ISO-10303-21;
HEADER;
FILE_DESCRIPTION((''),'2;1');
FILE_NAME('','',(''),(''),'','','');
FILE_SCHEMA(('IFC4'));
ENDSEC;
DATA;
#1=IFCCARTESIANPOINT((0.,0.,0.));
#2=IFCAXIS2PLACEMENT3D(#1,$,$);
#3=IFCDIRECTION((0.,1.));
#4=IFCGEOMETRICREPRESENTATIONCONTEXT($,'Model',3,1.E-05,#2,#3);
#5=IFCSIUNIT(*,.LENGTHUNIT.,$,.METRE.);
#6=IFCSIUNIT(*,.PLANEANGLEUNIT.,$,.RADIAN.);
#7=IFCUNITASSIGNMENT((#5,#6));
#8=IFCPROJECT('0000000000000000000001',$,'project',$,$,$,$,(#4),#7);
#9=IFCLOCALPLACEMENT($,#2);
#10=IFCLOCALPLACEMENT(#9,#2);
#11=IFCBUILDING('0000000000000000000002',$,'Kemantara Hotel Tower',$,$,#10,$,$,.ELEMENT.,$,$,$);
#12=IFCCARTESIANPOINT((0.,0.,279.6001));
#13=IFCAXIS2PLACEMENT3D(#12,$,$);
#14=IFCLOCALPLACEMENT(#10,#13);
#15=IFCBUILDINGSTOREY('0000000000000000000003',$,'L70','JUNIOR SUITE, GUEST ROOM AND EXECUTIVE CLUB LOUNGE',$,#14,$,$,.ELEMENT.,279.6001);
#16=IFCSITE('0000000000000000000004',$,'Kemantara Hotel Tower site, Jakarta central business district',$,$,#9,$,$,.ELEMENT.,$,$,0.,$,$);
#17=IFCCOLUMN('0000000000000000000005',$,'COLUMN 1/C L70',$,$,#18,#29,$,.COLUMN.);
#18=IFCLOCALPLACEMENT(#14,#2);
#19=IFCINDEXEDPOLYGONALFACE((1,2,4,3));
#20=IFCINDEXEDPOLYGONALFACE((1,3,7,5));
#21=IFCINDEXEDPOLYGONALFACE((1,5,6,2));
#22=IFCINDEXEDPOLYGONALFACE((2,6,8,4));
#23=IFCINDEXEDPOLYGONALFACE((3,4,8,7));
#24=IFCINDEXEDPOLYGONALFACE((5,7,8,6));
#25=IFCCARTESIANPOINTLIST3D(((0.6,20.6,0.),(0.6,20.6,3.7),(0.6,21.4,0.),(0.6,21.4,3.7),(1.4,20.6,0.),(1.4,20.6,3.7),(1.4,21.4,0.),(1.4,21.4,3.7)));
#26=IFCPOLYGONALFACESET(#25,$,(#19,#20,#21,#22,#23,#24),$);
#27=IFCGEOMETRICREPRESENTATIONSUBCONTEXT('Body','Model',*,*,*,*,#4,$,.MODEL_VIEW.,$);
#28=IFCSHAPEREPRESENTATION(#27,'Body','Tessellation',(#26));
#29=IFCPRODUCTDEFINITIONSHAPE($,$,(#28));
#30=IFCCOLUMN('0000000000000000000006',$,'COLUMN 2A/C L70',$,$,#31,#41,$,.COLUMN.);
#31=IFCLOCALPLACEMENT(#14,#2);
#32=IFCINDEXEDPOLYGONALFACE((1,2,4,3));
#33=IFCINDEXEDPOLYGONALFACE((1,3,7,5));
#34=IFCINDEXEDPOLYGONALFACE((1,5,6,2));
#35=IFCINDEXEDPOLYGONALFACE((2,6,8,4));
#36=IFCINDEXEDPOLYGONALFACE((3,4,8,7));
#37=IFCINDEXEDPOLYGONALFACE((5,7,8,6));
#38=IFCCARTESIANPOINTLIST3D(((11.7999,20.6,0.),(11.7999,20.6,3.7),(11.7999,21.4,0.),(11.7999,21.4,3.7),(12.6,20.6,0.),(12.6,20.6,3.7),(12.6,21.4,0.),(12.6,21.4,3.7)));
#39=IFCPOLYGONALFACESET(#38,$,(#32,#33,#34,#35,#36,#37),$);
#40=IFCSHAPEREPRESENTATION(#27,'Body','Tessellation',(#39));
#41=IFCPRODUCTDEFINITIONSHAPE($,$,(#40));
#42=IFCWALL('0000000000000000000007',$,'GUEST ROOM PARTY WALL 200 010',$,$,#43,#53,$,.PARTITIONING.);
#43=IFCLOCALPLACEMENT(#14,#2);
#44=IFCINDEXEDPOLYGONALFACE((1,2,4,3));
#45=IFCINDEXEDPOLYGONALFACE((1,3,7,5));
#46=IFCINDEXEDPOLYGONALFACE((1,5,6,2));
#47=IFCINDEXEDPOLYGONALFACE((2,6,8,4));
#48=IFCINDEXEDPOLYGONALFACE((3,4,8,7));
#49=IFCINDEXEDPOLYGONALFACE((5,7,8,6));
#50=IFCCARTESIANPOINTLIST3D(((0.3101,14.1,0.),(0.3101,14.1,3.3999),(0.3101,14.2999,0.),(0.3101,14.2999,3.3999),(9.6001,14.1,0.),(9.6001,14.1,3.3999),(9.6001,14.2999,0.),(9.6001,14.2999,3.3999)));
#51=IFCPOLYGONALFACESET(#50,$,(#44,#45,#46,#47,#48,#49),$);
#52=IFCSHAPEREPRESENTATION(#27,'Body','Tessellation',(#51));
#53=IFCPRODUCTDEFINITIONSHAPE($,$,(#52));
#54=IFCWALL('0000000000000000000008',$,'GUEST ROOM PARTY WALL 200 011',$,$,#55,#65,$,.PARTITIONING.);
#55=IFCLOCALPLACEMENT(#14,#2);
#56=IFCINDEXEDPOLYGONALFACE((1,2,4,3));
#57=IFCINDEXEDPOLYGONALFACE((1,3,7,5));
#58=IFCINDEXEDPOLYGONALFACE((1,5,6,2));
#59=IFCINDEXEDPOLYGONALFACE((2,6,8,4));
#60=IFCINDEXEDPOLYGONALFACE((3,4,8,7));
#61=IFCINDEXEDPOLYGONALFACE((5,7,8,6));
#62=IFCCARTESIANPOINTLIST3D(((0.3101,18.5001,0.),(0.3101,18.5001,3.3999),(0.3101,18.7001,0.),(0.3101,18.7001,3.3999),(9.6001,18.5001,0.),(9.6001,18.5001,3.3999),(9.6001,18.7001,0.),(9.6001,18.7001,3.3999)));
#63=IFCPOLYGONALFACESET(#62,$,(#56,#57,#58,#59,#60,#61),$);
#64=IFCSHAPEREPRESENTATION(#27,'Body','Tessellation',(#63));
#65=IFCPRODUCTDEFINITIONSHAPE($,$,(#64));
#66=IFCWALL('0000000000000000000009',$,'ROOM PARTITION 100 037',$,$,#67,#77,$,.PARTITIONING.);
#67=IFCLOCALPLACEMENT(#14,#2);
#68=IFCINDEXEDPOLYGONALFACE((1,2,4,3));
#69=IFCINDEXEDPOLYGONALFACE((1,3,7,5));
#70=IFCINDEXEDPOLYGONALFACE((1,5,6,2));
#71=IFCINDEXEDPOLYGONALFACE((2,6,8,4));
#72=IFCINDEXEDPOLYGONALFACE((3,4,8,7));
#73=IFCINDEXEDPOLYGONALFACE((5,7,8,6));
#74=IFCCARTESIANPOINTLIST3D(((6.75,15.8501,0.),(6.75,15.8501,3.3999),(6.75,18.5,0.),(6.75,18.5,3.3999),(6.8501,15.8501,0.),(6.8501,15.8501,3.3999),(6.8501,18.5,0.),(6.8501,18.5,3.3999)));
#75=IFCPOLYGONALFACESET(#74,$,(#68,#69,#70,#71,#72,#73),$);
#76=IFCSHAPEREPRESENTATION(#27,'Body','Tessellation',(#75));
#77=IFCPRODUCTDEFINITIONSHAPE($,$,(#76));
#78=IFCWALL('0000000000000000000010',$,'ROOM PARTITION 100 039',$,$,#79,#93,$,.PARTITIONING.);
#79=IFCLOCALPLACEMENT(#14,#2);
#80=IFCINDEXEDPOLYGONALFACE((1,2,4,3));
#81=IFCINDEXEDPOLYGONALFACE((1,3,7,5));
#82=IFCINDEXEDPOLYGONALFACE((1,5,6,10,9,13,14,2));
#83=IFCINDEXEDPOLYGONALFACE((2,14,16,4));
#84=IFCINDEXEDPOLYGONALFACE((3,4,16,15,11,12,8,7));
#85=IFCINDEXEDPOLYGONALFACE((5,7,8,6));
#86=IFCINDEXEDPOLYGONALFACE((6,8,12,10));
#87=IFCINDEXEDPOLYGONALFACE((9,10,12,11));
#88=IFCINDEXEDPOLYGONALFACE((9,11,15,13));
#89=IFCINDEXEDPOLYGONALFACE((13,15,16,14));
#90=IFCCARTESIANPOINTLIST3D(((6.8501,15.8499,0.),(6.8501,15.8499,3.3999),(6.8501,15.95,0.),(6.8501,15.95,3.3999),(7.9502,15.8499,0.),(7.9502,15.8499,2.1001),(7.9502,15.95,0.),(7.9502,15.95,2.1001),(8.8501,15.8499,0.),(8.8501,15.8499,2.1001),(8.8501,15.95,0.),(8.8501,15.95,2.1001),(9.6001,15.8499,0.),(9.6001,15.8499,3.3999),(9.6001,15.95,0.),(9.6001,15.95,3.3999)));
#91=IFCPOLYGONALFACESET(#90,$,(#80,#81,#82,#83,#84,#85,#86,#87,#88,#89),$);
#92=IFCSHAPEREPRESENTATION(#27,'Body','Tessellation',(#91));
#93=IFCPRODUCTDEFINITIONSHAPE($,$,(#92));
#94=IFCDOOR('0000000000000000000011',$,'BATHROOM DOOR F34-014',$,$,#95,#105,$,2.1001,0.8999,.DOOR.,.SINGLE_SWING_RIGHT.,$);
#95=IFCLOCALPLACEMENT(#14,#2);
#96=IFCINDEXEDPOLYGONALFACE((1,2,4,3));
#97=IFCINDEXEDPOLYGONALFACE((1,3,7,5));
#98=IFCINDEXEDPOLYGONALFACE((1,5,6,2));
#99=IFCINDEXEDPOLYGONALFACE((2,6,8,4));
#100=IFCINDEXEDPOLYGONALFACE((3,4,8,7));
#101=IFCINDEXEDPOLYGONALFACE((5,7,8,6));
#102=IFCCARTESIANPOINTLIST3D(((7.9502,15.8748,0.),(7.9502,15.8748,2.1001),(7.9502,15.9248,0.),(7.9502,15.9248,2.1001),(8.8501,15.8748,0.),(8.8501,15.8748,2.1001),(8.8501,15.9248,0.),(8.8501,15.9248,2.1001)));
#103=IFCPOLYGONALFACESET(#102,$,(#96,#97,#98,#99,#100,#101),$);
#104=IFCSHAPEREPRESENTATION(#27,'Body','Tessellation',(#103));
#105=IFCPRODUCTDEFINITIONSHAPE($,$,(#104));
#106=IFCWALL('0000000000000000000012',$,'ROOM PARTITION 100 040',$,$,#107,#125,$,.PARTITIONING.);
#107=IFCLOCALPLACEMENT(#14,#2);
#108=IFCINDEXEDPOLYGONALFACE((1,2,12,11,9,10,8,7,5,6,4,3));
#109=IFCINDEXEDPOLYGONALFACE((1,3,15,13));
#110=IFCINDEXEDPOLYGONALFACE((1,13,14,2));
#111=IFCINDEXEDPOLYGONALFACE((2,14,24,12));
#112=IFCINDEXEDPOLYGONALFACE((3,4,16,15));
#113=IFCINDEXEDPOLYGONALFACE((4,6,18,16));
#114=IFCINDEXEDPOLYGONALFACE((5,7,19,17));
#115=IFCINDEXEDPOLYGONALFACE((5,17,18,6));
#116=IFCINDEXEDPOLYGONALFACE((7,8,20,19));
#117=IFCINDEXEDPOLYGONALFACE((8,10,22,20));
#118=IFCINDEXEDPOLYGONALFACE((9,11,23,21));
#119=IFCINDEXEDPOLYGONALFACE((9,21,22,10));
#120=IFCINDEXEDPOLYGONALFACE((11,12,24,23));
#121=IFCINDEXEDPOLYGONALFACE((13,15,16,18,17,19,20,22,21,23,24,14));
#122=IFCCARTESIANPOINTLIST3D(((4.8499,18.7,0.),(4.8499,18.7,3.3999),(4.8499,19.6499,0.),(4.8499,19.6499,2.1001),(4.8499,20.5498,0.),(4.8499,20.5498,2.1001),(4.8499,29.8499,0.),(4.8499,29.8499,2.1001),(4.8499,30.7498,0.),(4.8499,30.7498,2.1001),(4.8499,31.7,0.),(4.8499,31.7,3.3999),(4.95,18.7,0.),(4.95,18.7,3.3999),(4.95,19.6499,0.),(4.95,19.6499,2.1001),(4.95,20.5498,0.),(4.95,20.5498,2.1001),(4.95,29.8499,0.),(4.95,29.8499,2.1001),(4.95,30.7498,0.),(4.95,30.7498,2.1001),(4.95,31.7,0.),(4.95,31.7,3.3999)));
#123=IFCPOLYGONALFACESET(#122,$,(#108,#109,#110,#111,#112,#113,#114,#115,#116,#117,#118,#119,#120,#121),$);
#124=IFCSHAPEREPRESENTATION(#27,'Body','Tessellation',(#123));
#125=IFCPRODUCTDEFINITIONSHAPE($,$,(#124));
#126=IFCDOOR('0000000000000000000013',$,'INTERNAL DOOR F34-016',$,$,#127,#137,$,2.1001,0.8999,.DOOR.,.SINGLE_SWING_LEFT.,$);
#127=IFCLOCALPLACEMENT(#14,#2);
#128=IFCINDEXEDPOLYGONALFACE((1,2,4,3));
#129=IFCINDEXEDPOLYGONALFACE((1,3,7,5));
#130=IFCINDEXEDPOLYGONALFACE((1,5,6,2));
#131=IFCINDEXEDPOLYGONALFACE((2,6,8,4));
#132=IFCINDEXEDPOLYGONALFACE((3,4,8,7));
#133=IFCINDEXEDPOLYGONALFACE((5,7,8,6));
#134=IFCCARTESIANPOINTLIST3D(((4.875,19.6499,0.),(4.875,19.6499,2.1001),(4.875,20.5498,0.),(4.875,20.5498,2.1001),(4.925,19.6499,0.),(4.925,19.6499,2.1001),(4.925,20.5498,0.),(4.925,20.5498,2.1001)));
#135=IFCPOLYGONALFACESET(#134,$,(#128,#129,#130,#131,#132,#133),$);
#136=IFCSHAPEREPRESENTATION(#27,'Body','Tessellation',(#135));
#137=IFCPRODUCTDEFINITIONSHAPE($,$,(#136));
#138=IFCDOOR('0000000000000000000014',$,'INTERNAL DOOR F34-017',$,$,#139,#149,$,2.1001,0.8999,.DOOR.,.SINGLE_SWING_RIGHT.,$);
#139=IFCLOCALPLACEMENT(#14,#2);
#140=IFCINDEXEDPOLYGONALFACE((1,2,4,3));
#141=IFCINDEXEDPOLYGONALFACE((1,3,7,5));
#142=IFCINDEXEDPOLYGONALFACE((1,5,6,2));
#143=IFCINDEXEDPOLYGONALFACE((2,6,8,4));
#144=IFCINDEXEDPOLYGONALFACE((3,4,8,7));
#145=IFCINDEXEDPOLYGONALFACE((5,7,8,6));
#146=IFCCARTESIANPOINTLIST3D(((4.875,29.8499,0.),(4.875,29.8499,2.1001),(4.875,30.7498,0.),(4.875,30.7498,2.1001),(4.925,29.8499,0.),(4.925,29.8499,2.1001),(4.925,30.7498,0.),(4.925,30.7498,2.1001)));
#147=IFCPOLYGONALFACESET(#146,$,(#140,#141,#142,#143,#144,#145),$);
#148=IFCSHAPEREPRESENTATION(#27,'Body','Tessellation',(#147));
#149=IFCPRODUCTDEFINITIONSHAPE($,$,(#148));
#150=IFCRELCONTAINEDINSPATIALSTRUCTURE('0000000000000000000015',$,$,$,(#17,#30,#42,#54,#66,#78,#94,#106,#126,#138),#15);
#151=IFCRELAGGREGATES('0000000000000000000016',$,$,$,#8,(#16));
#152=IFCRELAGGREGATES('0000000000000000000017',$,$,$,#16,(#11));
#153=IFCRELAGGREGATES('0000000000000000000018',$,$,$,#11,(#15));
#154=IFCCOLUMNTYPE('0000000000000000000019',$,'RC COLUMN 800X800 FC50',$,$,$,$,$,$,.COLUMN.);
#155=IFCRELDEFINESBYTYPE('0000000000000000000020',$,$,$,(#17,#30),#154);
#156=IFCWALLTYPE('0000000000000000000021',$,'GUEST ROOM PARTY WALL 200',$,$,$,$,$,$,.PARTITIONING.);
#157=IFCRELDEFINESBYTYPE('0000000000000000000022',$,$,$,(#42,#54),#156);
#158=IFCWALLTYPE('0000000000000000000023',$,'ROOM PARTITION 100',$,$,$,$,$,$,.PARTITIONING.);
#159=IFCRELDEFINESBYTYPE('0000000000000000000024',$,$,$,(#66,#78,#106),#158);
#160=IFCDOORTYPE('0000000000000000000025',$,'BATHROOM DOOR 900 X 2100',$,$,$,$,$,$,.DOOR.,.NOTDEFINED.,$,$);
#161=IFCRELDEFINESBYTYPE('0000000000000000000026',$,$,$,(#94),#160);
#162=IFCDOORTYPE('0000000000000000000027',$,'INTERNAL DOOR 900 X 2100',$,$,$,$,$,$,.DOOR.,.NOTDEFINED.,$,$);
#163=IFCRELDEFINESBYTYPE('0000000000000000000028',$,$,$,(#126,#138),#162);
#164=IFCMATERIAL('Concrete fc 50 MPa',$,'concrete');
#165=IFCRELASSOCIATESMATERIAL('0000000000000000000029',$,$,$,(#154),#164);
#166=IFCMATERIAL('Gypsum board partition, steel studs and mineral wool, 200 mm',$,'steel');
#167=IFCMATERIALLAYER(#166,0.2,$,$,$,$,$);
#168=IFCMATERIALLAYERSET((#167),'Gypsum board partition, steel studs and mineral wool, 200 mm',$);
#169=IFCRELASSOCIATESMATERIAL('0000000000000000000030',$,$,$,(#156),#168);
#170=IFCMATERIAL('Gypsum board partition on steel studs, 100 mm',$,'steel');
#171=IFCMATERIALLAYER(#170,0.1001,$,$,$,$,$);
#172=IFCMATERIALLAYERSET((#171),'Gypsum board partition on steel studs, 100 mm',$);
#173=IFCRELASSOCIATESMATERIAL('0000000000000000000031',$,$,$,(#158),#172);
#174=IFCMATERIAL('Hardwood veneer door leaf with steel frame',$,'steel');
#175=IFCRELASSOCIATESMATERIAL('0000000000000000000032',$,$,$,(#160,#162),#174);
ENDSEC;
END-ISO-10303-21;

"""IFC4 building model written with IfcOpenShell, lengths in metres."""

from ifc_helpers import new_model, si_unit, direction, frame, frame_2d, origin, origin_2d, place, context, subcontext, project, spatial, rectangle, extrude, material, layer, layer_set, material_profile, profile_set, type_object, element, fill, save


model = new_model("IFC4")

# Units and contexts
model_context = context("Model", 3, precision=1e-05, world=origin(), true_north=direction((0.0, 1.0)))
body_context = subcontext(model_context, "Body", "Model", "MODEL_VIEW")
ifc_project = project(units=[si_unit("LENGTHUNIT", "METRE"), si_unit("PLANEANGLEUNIT", "RADIAN")], contexts=[model_context])

# Site, building, storey
site_placement = place(None, origin())
site = spatial("IfcSite", under=ifc_project, at=site_placement, Name="Kemantara Hotel Tower site, Jakarta central business district", CompositionType="ELEMENT", RefElevation=0.0)
building_placement = place(site_placement, origin())
building = spatial("IfcBuilding", under=site, at=building_placement, Name="Kemantara Hotel Tower", CompositionType="ELEMENT")
storey_placement = place(building_placement, frame((0.0, 0.0, 279.6001)))
storey = spatial("IfcBuildingStorey", under=building, at=storey_placement, Name="L70", Description="JUNIOR SUITE, GUEST ROOM AND EXECUTIVE CLUB LOUNGE", CompositionType="ELEMENT", Elevation=279.6001)

# Columns
ifc_material_1 = material(Name="Concrete fc 50 MPa", Category="concrete")
ifc_material_profile = material_profile(ifc_material_1, rectangle(XDim=0.8, YDim=0.8, at=origin_2d()), Name="RC 800X800")
ifc_profile_set = profile_set([ifc_material_profile], Name="Concrete fc 50 MPa")
column_type = type_object("IfcColumnType", Name="RC COLUMN 800X800 FC50", PredefinedType="COLUMN", material=ifc_profile_set)
for number, where, z_axis, x_axis, name in (
    (1, (1.0, 21.0, 0.0), (0.0, 0.0, 1.0), (1.0, 0.0, 0.0), "COLUMN 1/C L70"),
    (2, (12.2, 21.0, 0.0), (0.0, 0.0, 1.0), (1.0, 0.0, 0.0), "COLUMN 2A/C L70"),
):
    element("IfcColumn", number, at=place(storey_placement, frame(where, z_axis=z_axis, x_axis=x_axis)), inside=storey, type_object=column_type, Name=name, PredefinedType="COLUMN", context=body_context, shape_type="SweptSolid", body=[
        extrude(rectangle(XDim=0.8, YDim=0.8, at=origin_2d()), origin(), (0.0, 0.0, 1.0), 3.7),
    ])

# Walls
ifc_material_2 = material(Name="Gypsum board partition, steel studs and mineral wool, 200 mm", Category="steel")
ifc_layer_1 = layer(ifc_material_2, 0.2)
ifc_layer_set_1 = layer_set([ifc_layer_1], Name="Gypsum board partition, steel studs and mineral wool, 200 mm")
wall_type_1 = type_object("IfcWallType", Name="GUEST ROOM PARTY WALL 200", PredefinedType="PARTITIONING", material=ifc_layer_set_1)
for number, where, z_axis, x_axis, name in (
    (3, (0.3101, 14.2, 0.0), (0.0, 0.0, 1.0), (1.0, 0.0, 0.0), "GUEST ROOM PARTY WALL 200 010"),
    (4, (0.3101, 18.6001, 0.0), (0.0, 0.0, 1.0), (1.0, 0.0, 0.0), "GUEST ROOM PARTY WALL 200 011"),
):
    element("IfcWall", number, at=place(storey_placement, frame(where, z_axis=z_axis, x_axis=x_axis)), inside=storey, type_object=wall_type_1, Name=name, PredefinedType="PARTITIONING", context=body_context, shape_type="SweptSolid", body=[
        extrude(rectangle(XDim=9.29, YDim=0.2, at=frame_2d((4.645, 0.0))), origin(), (0.0, 0.0, 1.0), 3.3999),
    ])
ifc_material_3 = material(Name="Gypsum board partition on steel studs, 100 mm", Category="steel")
ifc_layer_2 = layer(ifc_material_3, 0.1001)
ifc_layer_set_2 = layer_set([ifc_layer_2], Name="Gypsum board partition on steel studs, 100 mm")
wall_type_2 = type_object("IfcWallType", Name="ROOM PARTITION 100", PredefinedType="PARTITIONING", material=ifc_layer_set_2)
wall_1_placement = place(storey_placement, frame((6.8, 15.8501, 0.0), z_axis=(0.0, 0.0, 1.0), x_axis=(0.0, 1.0, 0.0)))
element("IfcWall", 5, at=wall_1_placement, inside=storey, type_object=wall_type_2, Name="ROOM PARTITION 100 037", PredefinedType="PARTITIONING", context=body_context, shape_type="SweptSolid", body=[
    extrude(rectangle(XDim=2.6499, YDim=0.1001, at=frame_2d((1.325, 0.0))), origin(), (0.0, 0.0, 1.0), 3.3999),
])

# Wall, opening, door
wall_2_placement = place(storey_placement, frame((6.8501, 15.8999, 0.0), z_axis=(0.0, 0.0, 1.0), x_axis=(1.0, 0.0, 0.0)))
wall_2 = element("IfcWall", 6, at=wall_2_placement, inside=storey, type_object=wall_type_2, Name="ROOM PARTITION 100 039", PredefinedType="PARTITIONING", context=body_context, shape_type="SweptSolid", body=[
    extrude(rectangle(XDim=2.75, YDim=0.1001, at=frame_2d((1.375, 0.0))), origin(), (0.0, 0.0, 1.0), 3.3999),
])
opening_1_placement = place(wall_2_placement, frame((1.1001, 0.0, 0.0)))
opening_1 = element("IfcOpeningElement", 7, at=opening_1_placement, cuts=wall_2, PredefinedType="OPENING", context=body_context, shape_type="SweptSolid", body=[
    extrude(rectangle(XDim=0.8999, YDim=2.1001, at=frame_2d((0.45, 1.05))), frame((0.0, 0.0601, 0.0), z_axis=(0.0, -1.0, 0.0), x_axis=(1.0, 0.0, 0.0)), (0.0, 0.0, 1.0), 0.1201),
])
ifc_material_4 = material(Name="Hardwood veneer door leaf with steel frame", Category="steel")
door_type_1 = type_object("IfcDoorType", Name="BATHROOM DOOR 900 X 2100", OperationType="NOTDEFINED", PredefinedType="DOOR", material=ifc_material_4)
door_1_placement = place(opening_1_placement, origin())
door_1 = element("IfcDoor", 8, at=door_1_placement, inside=storey, type_object=door_type_1, Name="BATHROOM DOOR F34-014", OperationType="SINGLE_SWING_RIGHT", OverallHeight=2.1001, OverallWidth=0.8999, PredefinedType="DOOR", context=body_context, shape_type="SweptSolid", body=[
    extrude(rectangle(XDim=0.8999, YDim=2.1001, at=frame_2d((0.45, 1.05))), frame((0.0, 0.0249, 0.0), z_axis=(0.0, -1.0, 0.0), x_axis=(1.0, 0.0, 0.0)), (0.0, 0.0, 1.0), 0.05),
])
fill(opening_1, door_1)

# Wall, openings, doors
wall_3_placement = place(storey_placement, frame((4.8999, 18.7, 0.0), z_axis=(0.0, 0.0, 1.0), x_axis=(0.0, 1.0, 0.0)))
wall_3 = element("IfcWall", 9, at=wall_3_placement, inside=storey, type_object=wall_type_2, Name="ROOM PARTITION 100 040", PredefinedType="PARTITIONING", context=body_context, shape_type="SweptSolid", body=[
    extrude(rectangle(XDim=13.0, YDim=0.1001, at=frame_2d((6.5, 0.0))), origin(), (0.0, 0.0, 1.0), 3.3999),
])
opening_2_placement = place(wall_3_placement, frame((0.95, 0.0, 0.0)))
opening_2 = element("IfcOpeningElement", 10, at=opening_2_placement, cuts=wall_3, PredefinedType="OPENING", context=body_context, shape_type="SweptSolid", body=[
    extrude(rectangle(XDim=0.8999, YDim=2.1001, at=frame_2d((0.45, 1.05))), frame((0.0, 0.0601, 0.0), z_axis=(0.0, -1.0, 0.0), x_axis=(1.0, 0.0, 0.0)), (0.0, 0.0, 1.0), 0.1201),
])
opening_3_placement = place(wall_3_placement, frame((11.1499, 0.0, 0.0)))
opening_3 = element("IfcOpeningElement", 11, at=opening_3_placement, cuts=wall_3, PredefinedType="OPENING", context=body_context, shape_type="SweptSolid", body=[
    extrude(rectangle(XDim=0.8999, YDim=2.1001, at=frame_2d((0.45, 1.05))), frame((0.0, 0.0601, 0.0), z_axis=(0.0, -1.0, 0.0), x_axis=(1.0, 0.0, 0.0)), (0.0, 0.0, 1.0), 0.1201),
])
door_type_2 = type_object("IfcDoorType", Name="INTERNAL DOOR 900 X 2100", OperationType="NOTDEFINED", PredefinedType="DOOR", material=ifc_material_4)
door_2_placement = place(opening_2_placement, origin())
door_2 = element("IfcDoor", 12, at=door_2_placement, inside=storey, type_object=door_type_2, Name="INTERNAL DOOR F34-016", OperationType="SINGLE_SWING_LEFT", OverallHeight=2.1001, OverallWidth=0.8999, PredefinedType="DOOR", context=body_context, shape_type="SweptSolid", body=[
    extrude(rectangle(XDim=0.8999, YDim=2.1001, at=frame_2d((0.45, 1.05))), frame((0.0, 0.0249, 0.0), z_axis=(0.0, -1.0, 0.0), x_axis=(1.0, 0.0, 0.0)), (0.0, 0.0, 1.0), 0.05),
])
fill(opening_2, door_2)
door_3_placement = place(opening_3_placement, origin())
door_3 = element("IfcDoor", 13, at=door_3_placement, inside=storey, type_object=door_type_2, Name="INTERNAL DOOR F34-017", OperationType="SINGLE_SWING_RIGHT", OverallHeight=2.1001, OverallWidth=0.8999, PredefinedType="DOOR", context=body_context, shape_type="SweptSolid", body=[
    extrude(rectangle(XDim=0.8999, YDim=2.1001, at=frame_2d((0.45, 1.05))), frame((0.0, 0.0249, 0.0), z_axis=(0.0, -1.0, 0.0), x_axis=(1.0, 0.0, 0.0)), (0.0, 0.0, 1.0), 0.05),
])
fill(opening_3, door_3)

save(model, "model.ifc")
